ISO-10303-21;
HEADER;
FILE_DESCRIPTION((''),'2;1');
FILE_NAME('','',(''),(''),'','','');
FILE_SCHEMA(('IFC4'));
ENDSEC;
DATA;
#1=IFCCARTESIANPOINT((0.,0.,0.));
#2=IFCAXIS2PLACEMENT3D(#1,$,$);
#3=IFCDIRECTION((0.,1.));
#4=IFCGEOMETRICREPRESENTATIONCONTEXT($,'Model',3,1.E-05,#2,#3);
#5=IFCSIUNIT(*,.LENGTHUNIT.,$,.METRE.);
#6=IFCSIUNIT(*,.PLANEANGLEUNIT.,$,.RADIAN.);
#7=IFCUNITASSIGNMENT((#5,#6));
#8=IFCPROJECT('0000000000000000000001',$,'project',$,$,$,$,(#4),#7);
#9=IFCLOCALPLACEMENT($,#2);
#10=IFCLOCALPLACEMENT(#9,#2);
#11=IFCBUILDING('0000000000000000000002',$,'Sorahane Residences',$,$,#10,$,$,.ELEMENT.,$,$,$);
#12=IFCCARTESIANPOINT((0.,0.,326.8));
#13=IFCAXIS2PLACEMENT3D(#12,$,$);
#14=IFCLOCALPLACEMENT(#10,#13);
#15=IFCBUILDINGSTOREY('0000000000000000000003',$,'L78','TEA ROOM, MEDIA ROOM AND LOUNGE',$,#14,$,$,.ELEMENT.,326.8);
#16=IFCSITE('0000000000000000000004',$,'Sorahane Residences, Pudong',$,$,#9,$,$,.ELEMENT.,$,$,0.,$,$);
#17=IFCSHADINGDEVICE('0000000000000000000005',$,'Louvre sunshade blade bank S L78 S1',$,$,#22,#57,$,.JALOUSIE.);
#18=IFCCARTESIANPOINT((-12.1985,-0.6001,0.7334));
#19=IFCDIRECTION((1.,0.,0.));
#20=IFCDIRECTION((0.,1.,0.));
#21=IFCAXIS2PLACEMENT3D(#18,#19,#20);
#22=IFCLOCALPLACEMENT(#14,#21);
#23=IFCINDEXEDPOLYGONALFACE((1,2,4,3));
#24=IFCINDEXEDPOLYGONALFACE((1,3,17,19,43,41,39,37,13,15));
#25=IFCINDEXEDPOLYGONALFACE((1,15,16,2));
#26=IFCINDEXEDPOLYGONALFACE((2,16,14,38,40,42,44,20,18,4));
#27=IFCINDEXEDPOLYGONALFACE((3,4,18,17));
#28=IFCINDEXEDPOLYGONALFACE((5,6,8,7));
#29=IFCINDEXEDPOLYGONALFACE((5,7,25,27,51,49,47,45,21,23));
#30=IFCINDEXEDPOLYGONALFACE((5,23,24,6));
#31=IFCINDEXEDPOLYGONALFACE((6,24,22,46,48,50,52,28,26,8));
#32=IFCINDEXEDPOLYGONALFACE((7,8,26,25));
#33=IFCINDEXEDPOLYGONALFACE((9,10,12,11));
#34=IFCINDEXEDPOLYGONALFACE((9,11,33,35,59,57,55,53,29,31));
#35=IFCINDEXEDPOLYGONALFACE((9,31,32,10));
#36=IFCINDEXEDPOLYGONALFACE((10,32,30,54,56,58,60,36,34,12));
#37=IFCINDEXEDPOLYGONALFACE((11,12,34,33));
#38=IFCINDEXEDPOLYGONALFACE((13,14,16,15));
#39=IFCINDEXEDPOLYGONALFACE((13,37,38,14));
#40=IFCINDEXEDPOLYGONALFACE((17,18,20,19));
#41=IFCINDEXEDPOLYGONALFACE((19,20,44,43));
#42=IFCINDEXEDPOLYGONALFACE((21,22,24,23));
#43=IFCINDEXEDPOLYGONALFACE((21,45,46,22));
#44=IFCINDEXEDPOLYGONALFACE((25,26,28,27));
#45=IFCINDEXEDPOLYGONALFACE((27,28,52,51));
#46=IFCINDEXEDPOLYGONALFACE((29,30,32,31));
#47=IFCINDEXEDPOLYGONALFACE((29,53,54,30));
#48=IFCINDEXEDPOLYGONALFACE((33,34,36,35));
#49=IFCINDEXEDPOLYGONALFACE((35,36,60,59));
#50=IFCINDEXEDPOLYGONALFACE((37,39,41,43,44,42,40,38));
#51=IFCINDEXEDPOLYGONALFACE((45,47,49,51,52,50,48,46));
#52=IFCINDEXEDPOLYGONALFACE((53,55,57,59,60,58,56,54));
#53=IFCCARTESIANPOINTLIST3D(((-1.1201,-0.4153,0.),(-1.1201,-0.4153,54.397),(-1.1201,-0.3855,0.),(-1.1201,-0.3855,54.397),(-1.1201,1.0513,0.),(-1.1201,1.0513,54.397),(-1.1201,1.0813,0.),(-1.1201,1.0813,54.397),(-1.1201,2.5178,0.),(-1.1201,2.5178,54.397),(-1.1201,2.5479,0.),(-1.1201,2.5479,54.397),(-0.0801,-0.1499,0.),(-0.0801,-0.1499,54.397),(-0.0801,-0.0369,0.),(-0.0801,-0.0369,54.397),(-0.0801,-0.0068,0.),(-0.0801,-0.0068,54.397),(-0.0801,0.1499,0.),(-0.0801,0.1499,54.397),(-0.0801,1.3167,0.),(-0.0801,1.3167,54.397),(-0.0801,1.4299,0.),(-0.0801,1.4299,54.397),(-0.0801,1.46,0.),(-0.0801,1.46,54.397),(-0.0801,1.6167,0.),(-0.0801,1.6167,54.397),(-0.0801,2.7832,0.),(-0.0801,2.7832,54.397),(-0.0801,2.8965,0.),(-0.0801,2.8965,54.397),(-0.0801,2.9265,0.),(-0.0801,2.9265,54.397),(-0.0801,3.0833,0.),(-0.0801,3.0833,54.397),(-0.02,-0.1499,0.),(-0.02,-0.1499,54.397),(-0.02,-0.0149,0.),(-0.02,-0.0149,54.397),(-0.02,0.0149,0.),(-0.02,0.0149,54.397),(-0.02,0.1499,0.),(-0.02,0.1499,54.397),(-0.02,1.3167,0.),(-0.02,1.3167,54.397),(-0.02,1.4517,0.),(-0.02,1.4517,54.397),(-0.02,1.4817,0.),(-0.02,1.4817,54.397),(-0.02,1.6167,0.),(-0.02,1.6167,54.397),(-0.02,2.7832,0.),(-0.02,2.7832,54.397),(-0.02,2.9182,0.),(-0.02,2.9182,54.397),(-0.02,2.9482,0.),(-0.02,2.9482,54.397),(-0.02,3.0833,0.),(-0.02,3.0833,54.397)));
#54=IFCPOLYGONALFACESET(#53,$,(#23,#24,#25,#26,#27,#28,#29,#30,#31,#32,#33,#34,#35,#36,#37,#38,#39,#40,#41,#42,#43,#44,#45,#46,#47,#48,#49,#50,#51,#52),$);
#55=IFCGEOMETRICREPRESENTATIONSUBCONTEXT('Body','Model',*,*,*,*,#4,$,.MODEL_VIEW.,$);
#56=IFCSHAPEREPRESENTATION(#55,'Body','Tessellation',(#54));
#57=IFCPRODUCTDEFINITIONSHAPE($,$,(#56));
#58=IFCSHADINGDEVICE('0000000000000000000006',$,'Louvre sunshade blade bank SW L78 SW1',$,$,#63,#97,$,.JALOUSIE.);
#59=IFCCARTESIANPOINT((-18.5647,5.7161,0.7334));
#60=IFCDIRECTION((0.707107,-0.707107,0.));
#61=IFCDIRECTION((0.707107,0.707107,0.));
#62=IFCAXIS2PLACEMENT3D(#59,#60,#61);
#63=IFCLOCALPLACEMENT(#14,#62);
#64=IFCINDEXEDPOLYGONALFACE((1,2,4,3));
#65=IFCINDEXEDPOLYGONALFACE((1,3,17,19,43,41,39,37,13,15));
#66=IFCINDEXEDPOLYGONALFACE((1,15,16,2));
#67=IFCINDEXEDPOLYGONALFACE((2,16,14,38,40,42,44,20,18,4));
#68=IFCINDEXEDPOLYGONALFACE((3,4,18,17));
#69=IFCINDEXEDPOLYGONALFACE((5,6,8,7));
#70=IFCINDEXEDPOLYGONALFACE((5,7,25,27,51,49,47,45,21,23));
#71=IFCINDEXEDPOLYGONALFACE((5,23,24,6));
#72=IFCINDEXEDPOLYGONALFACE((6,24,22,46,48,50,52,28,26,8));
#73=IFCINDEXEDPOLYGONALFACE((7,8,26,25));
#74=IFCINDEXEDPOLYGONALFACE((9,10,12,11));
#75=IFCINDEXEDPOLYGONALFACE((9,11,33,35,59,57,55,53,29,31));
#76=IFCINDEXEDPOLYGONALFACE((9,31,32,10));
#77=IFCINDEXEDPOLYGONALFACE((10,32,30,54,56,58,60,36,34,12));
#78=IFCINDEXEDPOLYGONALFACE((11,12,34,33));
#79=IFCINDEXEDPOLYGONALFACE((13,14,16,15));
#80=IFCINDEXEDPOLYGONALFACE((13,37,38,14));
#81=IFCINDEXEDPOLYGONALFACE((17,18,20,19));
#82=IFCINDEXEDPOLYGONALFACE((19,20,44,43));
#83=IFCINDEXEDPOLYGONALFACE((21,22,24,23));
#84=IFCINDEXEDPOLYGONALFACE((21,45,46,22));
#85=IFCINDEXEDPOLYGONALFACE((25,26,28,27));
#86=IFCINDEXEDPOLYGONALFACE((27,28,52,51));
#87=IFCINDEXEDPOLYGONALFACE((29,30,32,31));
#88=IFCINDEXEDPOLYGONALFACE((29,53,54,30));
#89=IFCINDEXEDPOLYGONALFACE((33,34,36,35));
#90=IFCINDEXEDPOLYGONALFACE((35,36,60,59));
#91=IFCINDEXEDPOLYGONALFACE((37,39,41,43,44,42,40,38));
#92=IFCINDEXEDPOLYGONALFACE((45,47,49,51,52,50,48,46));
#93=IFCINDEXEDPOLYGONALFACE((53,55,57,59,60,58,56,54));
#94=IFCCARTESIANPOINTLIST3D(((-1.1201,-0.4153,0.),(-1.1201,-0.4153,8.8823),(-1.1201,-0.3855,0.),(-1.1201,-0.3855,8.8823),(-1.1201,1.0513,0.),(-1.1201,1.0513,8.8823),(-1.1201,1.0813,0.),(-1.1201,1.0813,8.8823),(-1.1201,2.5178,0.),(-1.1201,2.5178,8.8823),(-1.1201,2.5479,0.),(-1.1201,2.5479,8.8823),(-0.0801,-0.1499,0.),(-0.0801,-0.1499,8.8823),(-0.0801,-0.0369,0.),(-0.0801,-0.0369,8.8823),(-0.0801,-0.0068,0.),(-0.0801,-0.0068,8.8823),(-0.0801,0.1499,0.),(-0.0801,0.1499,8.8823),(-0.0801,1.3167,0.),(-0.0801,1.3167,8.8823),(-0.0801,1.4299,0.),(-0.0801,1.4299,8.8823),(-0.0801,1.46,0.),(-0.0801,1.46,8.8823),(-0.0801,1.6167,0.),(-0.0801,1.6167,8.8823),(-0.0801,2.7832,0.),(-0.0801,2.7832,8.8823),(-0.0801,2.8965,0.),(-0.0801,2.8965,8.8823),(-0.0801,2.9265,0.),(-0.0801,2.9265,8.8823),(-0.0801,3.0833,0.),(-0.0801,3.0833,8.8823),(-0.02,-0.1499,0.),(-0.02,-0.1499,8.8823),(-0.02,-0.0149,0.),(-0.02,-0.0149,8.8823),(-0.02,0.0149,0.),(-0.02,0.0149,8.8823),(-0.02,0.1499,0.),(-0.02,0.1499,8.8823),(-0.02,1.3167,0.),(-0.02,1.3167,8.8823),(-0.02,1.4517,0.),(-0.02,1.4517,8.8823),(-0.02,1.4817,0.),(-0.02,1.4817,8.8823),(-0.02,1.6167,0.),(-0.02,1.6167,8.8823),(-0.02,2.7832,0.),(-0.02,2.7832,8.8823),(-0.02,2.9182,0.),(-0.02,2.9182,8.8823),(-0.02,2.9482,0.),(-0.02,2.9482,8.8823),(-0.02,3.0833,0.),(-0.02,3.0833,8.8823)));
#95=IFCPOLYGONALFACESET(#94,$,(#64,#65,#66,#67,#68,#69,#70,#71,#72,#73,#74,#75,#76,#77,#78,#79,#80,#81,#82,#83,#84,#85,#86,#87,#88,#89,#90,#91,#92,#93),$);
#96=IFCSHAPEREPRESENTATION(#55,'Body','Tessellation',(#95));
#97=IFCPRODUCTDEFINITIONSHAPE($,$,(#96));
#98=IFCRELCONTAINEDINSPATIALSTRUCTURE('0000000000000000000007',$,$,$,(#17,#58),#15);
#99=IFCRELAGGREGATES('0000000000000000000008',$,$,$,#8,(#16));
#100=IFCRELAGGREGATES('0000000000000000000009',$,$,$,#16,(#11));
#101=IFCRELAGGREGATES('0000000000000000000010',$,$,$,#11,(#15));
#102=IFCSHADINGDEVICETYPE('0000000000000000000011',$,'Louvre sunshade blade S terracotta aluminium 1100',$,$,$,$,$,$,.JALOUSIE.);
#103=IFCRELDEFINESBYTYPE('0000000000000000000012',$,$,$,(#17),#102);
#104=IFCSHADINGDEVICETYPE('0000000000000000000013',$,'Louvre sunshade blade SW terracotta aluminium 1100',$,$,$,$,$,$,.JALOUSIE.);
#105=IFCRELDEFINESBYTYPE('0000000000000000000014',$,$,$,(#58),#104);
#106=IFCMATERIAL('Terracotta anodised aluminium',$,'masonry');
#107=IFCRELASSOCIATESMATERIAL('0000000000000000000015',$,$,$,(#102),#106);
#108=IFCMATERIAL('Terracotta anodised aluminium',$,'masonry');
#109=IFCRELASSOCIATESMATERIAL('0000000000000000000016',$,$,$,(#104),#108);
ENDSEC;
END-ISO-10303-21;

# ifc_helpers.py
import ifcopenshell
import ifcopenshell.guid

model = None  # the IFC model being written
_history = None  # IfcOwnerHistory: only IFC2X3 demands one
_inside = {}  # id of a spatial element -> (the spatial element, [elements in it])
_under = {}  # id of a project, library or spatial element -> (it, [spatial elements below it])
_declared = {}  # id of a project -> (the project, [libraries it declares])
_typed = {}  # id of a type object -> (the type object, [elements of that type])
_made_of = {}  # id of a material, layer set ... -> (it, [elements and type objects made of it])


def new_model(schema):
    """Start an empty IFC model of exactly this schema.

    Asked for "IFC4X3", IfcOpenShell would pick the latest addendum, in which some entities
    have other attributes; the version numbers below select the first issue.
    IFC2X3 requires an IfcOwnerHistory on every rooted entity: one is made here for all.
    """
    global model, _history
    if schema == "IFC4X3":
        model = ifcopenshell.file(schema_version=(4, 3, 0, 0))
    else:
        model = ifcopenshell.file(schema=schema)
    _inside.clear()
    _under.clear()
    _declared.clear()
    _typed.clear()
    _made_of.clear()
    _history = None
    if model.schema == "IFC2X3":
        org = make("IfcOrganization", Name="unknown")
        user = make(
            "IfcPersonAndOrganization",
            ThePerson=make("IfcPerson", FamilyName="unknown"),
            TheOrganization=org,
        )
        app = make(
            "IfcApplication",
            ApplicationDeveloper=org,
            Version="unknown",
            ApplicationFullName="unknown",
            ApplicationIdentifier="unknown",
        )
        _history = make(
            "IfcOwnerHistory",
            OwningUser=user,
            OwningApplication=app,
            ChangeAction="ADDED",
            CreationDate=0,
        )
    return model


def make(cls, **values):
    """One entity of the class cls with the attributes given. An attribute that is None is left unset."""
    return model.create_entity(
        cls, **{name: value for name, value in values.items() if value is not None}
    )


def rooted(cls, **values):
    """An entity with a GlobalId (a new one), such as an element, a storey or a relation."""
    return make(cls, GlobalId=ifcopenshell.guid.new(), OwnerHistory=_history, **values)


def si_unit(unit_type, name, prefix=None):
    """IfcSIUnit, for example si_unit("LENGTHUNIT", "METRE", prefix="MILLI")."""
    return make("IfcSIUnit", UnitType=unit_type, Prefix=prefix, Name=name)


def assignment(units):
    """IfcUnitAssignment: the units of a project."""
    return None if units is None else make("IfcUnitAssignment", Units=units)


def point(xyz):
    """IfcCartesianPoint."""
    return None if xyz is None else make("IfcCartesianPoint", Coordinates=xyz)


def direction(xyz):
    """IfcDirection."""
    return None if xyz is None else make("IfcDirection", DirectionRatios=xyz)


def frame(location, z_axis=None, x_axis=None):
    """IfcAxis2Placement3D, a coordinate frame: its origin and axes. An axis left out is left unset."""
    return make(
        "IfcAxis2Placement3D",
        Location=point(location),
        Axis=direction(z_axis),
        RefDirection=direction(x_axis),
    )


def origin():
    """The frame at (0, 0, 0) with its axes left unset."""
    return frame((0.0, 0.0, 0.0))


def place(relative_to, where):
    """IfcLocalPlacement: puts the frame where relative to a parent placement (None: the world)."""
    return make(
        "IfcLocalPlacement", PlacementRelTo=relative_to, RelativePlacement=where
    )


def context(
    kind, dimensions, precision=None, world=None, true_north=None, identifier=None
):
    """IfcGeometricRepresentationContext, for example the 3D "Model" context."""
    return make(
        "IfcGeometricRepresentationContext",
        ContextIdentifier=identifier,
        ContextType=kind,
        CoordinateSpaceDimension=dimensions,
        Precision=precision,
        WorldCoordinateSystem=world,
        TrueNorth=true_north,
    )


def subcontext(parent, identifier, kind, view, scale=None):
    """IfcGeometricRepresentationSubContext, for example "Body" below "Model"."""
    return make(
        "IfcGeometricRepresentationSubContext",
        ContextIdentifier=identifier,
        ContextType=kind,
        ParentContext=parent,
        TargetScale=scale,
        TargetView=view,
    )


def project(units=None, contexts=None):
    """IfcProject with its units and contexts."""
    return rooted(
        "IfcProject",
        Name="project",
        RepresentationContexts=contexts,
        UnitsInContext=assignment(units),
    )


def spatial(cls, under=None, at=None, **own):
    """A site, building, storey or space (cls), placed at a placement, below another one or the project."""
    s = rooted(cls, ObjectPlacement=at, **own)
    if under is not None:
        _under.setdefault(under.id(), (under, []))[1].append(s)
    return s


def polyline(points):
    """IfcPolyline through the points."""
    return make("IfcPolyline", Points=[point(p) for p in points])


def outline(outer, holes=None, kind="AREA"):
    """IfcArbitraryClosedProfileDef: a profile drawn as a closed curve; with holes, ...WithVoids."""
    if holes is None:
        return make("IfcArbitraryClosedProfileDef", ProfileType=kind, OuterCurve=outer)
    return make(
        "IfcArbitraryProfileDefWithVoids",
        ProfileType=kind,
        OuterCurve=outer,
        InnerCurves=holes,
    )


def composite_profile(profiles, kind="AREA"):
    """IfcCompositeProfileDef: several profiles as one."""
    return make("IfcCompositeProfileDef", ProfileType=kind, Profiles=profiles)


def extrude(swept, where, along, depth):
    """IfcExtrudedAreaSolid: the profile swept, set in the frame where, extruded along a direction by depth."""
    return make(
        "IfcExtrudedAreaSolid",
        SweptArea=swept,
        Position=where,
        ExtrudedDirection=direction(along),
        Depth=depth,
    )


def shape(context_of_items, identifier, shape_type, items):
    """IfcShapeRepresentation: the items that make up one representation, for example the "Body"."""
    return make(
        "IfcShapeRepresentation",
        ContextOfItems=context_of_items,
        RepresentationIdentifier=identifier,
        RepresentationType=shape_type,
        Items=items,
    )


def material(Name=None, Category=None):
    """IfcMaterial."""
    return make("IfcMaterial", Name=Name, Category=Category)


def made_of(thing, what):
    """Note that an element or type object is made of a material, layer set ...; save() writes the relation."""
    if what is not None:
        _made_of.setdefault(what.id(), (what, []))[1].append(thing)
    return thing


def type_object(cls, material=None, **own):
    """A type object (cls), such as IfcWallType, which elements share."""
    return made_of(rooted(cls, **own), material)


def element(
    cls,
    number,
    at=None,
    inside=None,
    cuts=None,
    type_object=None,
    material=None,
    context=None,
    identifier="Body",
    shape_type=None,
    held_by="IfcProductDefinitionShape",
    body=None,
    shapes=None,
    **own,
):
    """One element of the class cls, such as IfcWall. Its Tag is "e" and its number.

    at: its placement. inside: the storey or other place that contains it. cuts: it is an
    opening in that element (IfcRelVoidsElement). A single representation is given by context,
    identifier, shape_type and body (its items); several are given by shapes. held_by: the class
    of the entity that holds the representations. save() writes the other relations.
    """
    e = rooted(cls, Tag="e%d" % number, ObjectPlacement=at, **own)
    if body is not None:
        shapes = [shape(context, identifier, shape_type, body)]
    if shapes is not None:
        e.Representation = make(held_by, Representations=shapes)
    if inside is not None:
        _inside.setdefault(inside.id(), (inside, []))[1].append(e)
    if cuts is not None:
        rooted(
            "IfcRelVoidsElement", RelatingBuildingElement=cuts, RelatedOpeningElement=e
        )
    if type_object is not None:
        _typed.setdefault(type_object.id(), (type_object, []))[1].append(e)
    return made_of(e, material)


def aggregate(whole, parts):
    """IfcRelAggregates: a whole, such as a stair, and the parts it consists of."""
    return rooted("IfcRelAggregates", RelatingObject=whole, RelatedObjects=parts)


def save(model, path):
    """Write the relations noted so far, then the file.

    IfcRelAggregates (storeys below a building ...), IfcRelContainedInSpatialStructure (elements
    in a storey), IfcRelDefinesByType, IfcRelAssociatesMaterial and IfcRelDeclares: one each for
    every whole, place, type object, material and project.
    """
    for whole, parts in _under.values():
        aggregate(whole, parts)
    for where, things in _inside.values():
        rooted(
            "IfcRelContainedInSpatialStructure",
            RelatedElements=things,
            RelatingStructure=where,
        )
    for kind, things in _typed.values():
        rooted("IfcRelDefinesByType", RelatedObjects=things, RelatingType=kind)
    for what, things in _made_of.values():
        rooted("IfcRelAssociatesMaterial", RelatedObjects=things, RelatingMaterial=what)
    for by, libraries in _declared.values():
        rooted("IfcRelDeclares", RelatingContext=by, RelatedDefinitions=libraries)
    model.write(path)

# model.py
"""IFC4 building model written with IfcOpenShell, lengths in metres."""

from ifc_helpers import new_model, si_unit, direction, frame, origin, place, context, subcontext, project, spatial, polyline, outline, composite_profile, extrude, material, type_object, element, save


model = new_model("IFC4")

# Units and contexts
model_context = context("Model", 3, precision=1e-05, world=origin(), true_north=direction((0.0, 1.0)))
body_context = subcontext(model_context, "Body", "Model", "MODEL_VIEW")
ifc_project = project(units=[si_unit("LENGTHUNIT", "METRE"), si_unit("PLANEANGLEUNIT", "RADIAN")], contexts=[model_context])

# Site, building, storey
site_placement = place(None, origin())
site = spatial("IfcSite", under=ifc_project, at=site_placement, Name="Sorahane Residences, Pudong", CompositionType="ELEMENT", RefElevation=0.0)
building_placement = place(site_placement, origin())
building = spatial("IfcBuilding", under=site, at=building_placement, Name="Sorahane Residences", CompositionType="ELEMENT")
storey_placement = place(building_placement, frame((0.0, 0.0, 326.8)))
storey = spatial("IfcBuildingStorey", under=building, at=storey_placement, Name="L78", Description="TEA ROOM, MEDIA ROOM AND LOUNGE", CompositionType="ELEMENT", Elevation=326.8)

# Shading devices
ifc_material_1 = material(Name="Terracotta anodised aluminium", Category="masonry")
shading_device_type_1 = type_object("IfcShadingDeviceType", Name="Louvre sunshade blade S terracotta aluminium 1100", PredefinedType="JALOUSIE", material=ifc_material_1)
shading_device_1_placement = place(storey_placement, frame((-12.1985, -0.6001, 0.7334), z_axis=(1.0, 0.0, 0.0), x_axis=(0.0, 1.0, 0.0)))
element("IfcShadingDevice", 1, at=shading_device_1_placement, inside=storey, type_object=shading_device_type_1, Name="Louvre sunshade blade bank S L78 S1", PredefinedType="JALOUSIE", context=body_context, shape_type="SweptSolid", body=[
    extrude(composite_profile([outline(polyline([(-1.1201, -0.3855), (-1.1201, -0.4153), (-0.0801, -0.0369), (-0.0801, -0.1499), (-0.02, -0.1499), (-0.02, -0.0149), (-0.02, 0.0149), (-0.02, 0.1499), (-0.0801, 0.1499), (-0.0801, -0.0068), (-1.1201, -0.3855)])), outline(polyline([(-1.1201, 1.0813), (-1.1201, 1.0513), (-0.0801, 1.4299), (-0.0801, 1.3167), (-0.02, 1.3167), (-0.02, 1.4517), (-0.02, 1.4817), (-0.02, 1.6167), (-0.0801, 1.6167), (-0.0801, 1.46), (-1.1201, 1.0813)])), outline(polyline([(-1.1201, 2.5479), (-1.1201, 2.5178), (-0.0801, 2.8965), (-0.0801, 2.7832), (-0.02, 2.7832), (-0.02, 2.9182), (-0.02, 2.9482), (-0.02, 3.0833), (-0.0801, 3.0833), (-0.0801, 2.9265), (-1.1201, 2.5479)]))]), origin(), (0.0, 0.0, 1.0), 54.397),
])
ifc_material_2 = material(Name="Terracotta anodised aluminium", Category="masonry")
shading_device_type_2 = type_object("IfcShadingDeviceType", Name="Louvre sunshade blade SW terracotta aluminium 1100", PredefinedType="JALOUSIE", material=ifc_material_2)
shading_device_2_placement = place(storey_placement, frame((-18.5647, 5.7161, 0.7334), z_axis=(0.707107, -0.707107, 0.0), x_axis=(0.707107, 0.707107, 0.0)))
element("IfcShadingDevice", 2, at=shading_device_2_placement, inside=storey, type_object=shading_device_type_2, Name="Louvre sunshade blade bank SW L78 SW1", PredefinedType="JALOUSIE", context=body_context, shape_type="SweptSolid", body=[
    extrude(composite_profile([outline(polyline([(-1.1201, -0.3855), (-1.1201, -0.4153), (-0.0801, -0.0369), (-0.0801, -0.1499), (-0.02, -0.1499), (-0.02, -0.0149), (-0.02, 0.0149), (-0.02, 0.1499), (-0.0801, 0.1499), (-0.0801, -0.0068), (-1.1201, -0.3855)])), outline(polyline([(-1.1201, 1.0813), (-1.1201, 1.0513), (-0.0801, 1.4299), (-0.0801, 1.3167), (-0.02, 1.3167), (-0.02, 1.4517), (-0.02, 1.4817), (-0.02, 1.6167), (-0.0801, 1.6167), (-0.0801, 1.46), (-1.1201, 1.0813)])), outline(polyline([(-1.1201, 2.5479), (-1.1201, 2.5178), (-0.0801, 2.8965), (-0.0801, 2.7832), (-0.02, 2.7832), (-0.02, 2.9182), (-0.02, 2.9482), (-0.02, 3.0833), (-0.0801, 3.0833), (-0.0801, 2.9265), (-1.1201, 2.5479)]))]), origin(), (0.0, 0.0, 1.0), 8.8823),
])

save(model, "model.ifc")
